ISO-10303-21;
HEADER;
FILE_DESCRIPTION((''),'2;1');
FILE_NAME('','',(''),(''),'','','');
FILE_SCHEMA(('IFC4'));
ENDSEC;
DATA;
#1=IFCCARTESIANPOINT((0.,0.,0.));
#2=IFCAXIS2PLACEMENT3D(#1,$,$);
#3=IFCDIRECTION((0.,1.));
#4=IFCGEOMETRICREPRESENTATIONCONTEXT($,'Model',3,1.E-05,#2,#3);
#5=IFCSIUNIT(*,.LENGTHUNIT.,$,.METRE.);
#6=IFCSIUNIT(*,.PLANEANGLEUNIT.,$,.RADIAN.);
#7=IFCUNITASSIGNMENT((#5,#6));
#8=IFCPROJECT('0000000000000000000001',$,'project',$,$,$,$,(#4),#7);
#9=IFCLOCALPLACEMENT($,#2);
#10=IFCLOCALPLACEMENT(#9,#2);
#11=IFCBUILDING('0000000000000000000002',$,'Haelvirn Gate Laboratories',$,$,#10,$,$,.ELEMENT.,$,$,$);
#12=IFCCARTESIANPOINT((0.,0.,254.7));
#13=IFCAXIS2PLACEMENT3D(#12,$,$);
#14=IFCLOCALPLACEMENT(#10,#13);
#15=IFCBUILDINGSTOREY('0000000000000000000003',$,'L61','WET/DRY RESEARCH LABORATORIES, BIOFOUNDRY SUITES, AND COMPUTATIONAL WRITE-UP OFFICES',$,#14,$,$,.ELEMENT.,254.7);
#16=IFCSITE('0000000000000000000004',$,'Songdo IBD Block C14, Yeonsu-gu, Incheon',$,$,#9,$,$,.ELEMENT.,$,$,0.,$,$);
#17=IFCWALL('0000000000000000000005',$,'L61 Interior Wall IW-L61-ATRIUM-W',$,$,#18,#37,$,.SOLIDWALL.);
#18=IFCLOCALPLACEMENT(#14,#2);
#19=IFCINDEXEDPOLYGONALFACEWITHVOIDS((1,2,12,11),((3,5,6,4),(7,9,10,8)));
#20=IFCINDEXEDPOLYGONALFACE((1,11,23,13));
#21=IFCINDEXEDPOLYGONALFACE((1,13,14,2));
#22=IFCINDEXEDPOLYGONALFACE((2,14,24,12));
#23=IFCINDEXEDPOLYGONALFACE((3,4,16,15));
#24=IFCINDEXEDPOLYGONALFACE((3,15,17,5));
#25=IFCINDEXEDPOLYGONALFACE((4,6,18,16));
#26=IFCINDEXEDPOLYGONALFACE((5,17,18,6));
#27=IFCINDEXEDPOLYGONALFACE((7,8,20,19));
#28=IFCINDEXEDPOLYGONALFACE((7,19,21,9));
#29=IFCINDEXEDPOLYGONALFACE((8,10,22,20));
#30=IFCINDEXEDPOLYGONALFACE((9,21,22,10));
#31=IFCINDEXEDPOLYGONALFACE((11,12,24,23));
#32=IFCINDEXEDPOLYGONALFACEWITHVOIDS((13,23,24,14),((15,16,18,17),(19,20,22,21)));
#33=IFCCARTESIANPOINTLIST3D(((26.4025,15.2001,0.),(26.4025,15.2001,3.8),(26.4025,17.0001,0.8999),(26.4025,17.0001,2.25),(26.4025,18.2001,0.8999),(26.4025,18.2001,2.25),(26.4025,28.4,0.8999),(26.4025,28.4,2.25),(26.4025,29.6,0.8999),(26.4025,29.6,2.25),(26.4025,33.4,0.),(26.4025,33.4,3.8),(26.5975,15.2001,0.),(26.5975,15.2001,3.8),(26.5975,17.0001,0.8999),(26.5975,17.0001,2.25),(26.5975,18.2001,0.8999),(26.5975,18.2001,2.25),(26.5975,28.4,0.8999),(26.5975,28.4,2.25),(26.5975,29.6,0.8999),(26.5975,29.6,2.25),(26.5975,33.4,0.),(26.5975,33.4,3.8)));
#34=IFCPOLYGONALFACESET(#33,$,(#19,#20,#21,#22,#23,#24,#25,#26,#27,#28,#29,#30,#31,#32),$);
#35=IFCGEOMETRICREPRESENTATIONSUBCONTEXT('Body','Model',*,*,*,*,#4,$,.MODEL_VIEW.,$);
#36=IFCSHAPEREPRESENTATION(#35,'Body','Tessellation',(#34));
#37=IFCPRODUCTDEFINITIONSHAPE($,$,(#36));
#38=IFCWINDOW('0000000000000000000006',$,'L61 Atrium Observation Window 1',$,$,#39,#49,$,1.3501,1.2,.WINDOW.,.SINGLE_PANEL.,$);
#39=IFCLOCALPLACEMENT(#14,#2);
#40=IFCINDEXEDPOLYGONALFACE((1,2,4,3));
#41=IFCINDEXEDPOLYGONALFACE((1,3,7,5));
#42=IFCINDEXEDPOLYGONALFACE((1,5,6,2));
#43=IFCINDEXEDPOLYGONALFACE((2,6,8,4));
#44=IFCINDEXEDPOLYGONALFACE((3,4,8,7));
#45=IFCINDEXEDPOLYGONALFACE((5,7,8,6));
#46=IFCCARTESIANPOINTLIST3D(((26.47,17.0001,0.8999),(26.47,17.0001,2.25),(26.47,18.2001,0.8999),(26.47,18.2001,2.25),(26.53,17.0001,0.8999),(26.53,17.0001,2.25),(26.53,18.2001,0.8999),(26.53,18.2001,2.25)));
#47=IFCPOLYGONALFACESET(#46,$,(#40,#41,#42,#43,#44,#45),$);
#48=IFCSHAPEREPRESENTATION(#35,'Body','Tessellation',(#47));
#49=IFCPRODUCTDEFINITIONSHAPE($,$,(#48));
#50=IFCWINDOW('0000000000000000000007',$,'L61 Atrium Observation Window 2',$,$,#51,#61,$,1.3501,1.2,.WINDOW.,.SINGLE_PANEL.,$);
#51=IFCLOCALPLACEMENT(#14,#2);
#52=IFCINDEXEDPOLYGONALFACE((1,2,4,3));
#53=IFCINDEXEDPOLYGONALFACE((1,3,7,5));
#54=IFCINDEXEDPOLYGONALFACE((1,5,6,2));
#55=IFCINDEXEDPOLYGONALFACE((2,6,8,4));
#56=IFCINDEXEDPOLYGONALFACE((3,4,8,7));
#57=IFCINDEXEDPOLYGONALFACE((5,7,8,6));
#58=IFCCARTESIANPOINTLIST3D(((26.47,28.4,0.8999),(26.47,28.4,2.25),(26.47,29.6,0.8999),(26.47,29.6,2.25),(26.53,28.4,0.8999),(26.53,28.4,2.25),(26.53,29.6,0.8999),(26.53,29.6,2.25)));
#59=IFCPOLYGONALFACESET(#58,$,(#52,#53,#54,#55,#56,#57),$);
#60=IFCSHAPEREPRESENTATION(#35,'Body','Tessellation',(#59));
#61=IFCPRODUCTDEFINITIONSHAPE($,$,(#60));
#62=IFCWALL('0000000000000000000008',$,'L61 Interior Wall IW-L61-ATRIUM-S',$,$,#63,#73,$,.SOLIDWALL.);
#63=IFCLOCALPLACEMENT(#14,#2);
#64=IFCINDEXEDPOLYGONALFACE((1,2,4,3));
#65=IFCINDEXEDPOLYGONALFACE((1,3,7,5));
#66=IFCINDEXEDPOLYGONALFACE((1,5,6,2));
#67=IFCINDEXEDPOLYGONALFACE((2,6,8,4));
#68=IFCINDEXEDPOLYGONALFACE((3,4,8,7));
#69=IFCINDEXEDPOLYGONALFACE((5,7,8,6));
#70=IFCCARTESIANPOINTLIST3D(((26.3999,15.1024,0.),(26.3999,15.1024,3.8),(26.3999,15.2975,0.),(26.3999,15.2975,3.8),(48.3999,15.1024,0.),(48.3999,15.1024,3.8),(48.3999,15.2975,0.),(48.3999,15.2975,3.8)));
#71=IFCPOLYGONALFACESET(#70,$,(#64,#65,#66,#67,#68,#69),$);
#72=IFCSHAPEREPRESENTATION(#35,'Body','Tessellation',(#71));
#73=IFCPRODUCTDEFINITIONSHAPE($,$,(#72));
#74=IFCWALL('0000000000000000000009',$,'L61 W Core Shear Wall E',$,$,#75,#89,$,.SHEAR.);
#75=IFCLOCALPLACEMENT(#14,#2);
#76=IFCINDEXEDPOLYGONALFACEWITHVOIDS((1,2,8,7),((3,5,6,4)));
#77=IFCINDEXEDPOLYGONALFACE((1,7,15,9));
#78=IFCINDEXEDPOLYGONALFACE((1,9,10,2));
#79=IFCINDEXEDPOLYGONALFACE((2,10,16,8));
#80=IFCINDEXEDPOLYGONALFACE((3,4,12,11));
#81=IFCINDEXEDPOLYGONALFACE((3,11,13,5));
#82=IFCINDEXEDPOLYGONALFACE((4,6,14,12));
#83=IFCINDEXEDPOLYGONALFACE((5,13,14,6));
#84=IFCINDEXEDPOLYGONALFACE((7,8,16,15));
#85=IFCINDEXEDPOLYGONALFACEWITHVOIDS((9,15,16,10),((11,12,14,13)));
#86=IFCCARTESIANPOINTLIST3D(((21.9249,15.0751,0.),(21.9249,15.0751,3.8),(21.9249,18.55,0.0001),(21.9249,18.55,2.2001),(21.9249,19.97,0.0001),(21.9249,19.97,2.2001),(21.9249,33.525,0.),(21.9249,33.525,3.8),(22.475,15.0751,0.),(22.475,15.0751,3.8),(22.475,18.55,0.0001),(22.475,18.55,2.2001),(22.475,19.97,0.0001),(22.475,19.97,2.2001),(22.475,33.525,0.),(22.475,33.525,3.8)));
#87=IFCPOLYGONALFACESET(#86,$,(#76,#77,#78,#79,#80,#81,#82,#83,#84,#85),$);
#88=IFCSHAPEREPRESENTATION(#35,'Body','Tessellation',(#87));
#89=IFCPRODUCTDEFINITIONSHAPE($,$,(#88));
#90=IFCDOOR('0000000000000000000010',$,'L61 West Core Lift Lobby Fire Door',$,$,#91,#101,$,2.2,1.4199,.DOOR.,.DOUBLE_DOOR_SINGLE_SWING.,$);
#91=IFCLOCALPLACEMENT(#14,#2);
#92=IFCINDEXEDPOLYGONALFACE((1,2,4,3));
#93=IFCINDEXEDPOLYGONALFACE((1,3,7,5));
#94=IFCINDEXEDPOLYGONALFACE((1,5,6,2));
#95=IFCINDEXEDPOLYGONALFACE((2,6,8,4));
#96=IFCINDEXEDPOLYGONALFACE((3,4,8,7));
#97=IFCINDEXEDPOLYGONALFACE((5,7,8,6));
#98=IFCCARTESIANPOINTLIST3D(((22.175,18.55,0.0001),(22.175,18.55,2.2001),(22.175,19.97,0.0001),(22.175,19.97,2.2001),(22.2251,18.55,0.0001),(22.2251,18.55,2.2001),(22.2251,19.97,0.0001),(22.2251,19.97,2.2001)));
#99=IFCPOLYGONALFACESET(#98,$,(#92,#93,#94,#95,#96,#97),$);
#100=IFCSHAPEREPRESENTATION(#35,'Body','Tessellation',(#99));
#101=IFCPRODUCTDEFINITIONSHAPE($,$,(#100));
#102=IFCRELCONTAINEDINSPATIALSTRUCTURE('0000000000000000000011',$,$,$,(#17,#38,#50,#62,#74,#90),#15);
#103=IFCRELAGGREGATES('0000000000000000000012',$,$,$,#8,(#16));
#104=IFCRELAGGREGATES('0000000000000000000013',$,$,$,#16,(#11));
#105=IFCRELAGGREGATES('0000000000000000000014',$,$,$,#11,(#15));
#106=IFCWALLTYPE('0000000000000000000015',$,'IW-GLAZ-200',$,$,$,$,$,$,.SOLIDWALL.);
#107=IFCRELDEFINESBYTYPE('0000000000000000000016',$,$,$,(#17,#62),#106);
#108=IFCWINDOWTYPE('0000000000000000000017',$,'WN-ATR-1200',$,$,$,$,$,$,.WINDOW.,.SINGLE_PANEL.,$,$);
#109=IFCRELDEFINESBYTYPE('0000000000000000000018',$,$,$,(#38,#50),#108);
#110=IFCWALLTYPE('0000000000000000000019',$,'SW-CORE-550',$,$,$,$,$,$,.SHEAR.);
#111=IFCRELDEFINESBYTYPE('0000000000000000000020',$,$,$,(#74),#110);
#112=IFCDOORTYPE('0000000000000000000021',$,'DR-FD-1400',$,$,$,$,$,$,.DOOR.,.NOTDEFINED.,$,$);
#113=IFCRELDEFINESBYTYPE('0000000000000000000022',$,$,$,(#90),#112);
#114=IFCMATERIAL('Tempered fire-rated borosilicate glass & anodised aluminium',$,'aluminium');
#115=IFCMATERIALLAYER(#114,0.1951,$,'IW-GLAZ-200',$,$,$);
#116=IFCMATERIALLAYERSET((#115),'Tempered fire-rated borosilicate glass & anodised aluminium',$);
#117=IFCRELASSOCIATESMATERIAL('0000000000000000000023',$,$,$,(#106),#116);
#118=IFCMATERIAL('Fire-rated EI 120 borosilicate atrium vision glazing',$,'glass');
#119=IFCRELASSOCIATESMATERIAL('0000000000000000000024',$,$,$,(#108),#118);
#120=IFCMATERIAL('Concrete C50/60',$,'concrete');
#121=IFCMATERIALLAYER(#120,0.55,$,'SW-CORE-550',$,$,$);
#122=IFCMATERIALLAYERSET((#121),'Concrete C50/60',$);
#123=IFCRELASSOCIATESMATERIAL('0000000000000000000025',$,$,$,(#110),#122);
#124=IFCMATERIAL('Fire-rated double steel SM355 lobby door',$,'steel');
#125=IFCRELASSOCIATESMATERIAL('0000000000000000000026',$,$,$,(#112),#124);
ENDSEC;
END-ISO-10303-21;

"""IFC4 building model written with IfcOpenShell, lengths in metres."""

from ifc_helpers import new_model, si_unit, direction, frame, frame_2d, origin, place, context, subcontext, project, spatial, rectangle, extrude, source, transform, mapped, material, layer, layer_set, type_object, type_shapes, element, fill, save


model = new_model("IFC4")

# Units and contexts
model_context = context("Model", 3, precision=1e-05, world=origin(), true_north=direction((0.0, 1.0)))
body_context = subcontext(model_context, "Body", "Model", "MODEL_VIEW")
ifc_project = project(units=[si_unit("LENGTHUNIT", "METRE"), si_unit("PLANEANGLEUNIT", "RADIAN")], contexts=[model_context])

# Site, building, storey
site_placement = place(None, origin())
site = spatial("IfcSite", under=ifc_project, at=site_placement, Name="Songdo IBD Block C14, Yeonsu-gu, Incheon", CompositionType="ELEMENT", RefElevation=0.0)
building_placement = place(site_placement, origin())
building = spatial("IfcBuilding", under=site, at=building_placement, Name="Haelvirn Gate Laboratories", CompositionType="ELEMENT")
storey_placement = place(building_placement, frame((0.0, 0.0, 254.7)))
storey = spatial("IfcBuildingStorey", under=building, at=storey_placement, Name="L61", Description="WET/DRY RESEARCH LABORATORIES, BIOFOUNDRY SUITES, AND COMPUTATIONAL WRITE-UP OFFICES", CompositionType="ELEMENT", Elevation=254.7)

# Wall, openings, windows
ifc_material_1 = material(Name="Tempered fire-rated borosilicate glass & anodised aluminium", Category="aluminium")
ifc_layer_1 = layer(ifc_material_1, 0.1951, Name="IW-GLAZ-200")
ifc_layer_set_1 = layer_set([ifc_layer_1], Name="Tempered fire-rated borosilicate glass & anodised aluminium")
wall_type_1 = type_object("IfcWallType", Name="IW-GLAZ-200", PredefinedType="SOLIDWALL", material=ifc_layer_set_1)
wall_1_placement = place(storey_placement, frame((26.5, 15.2, 0.0), z_axis=(0.0, 0.0, 1.0), x_axis=(0.0, 1.0, 0.0)))
wall_1 = element("IfcWall", 1, at=wall_1_placement, inside=storey, type_object=wall_type_1, Name="L61 Interior Wall IW-L61-ATRIUM-W", PredefinedType="SOLIDWALL", context=body_context, shape_type="SweptSolid", body=[
    extrude(rectangle(XDim=18.2, YDim=0.1951, at=frame_2d((9.1001, 0.0))), origin(), (0.0, 0.0, 1.0), 3.8),
])
opening_1_placement = place(wall_1_placement, frame((1.8, 0.0, 0.8999)))
opening_1 = element("IfcOpeningElement", 2, at=opening_1_placement, cuts=wall_1, PredefinedType="OPENING", context=body_context, shape_type="SweptSolid", body=[
    extrude(rectangle(XDim=1.2, YDim=1.3501, at=frame_2d((0.6001, 0.675))), frame((0.0, 0.1074, 0.0), z_axis=(0.0, -1.0, 0.0), x_axis=(1.0, 0.0, 0.0)), (0.0, 0.0, 1.0), 0.2151),
])
opening_2_placement = place(wall_1_placement, frame((13.2, 0.0, 0.8999)))
opening_2 = element("IfcOpeningElement", 3, at=opening_2_placement, cuts=wall_1, PredefinedType="OPENING", context=body_context, shape_type="SweptSolid", body=[
    extrude(rectangle(XDim=1.2, YDim=1.3501, at=frame_2d((0.6001, 0.675))), frame((0.0, 0.1074, 0.0), z_axis=(0.0, -1.0, 0.0), x_axis=(1.0, 0.0, 0.0)), (0.0, 0.0, 1.0), 0.2151),
])
ifc_material_2 = material(Name="Fire-rated EI 120 borosilicate atrium vision glazing", Category="glass")
window_type = type_object("IfcWindowType", Name="WN-ATR-1200", PartitioningType="SINGLE_PANEL", PredefinedType="WINDOW", material=ifc_material_2)
shared_shape_1 = source(origin(), body_context, "Body", "SweptSolid", [
    extrude(rectangle(XDim=1.2, YDim=1.3501, at=frame_2d((0.6001, 0.675))), frame((0.0, 0.03, 0.0), z_axis=(0.0, -1.0, 0.0), x_axis=(1.0, 0.0, 0.0)), (0.0, 0.0, 1.0), 0.0601),
])
type_shapes(window_type, [shared_shape_1])
window_1_placement = place(opening_1_placement, origin())
window_1 = element("IfcWindow", 4, at=window_1_placement, inside=storey, type_object=window_type, Name="L61 Atrium Observation Window 1", OverallHeight=1.3501, OverallWidth=1.2, PartitioningType="SINGLE_PANEL", PredefinedType="WINDOW", context=body_context, shape_type="MappedRepresentation", body=[
    mapped(shared_shape_1, transform((0.0, 0.0, 0.0), scale=1.0)),
])
fill(opening_1, window_1)
window_2_placement = place(opening_2_placement, origin())
window_2 = element("IfcWindow", 5, at=window_2_placement, inside=storey, type_object=window_type, Name="L61 Atrium Observation Window 2", OverallHeight=1.3501, OverallWidth=1.2, PartitioningType="SINGLE_PANEL", PredefinedType="WINDOW", context=body_context, shape_type="MappedRepresentation", body=[
    mapped(shared_shape_1, transform((0.0, 0.0, 0.0), scale=1.0)),
])
fill(opening_2, window_2)

# Wall
wall_2_placement = place(storey_placement, frame((26.3999, 15.2, 0.0), z_axis=(0.0, 0.0, 1.0), x_axis=(1.0, 0.0, 0.0)))
element("IfcWall", 6, at=wall_2_placement, inside=storey, type_object=wall_type_1, Name="L61 Interior Wall IW-L61-ATRIUM-S", PredefinedType="SOLIDWALL", context=body_context, shape_type="SweptSolid", body=[
    extrude(rectangle(XDim=22.0, YDim=0.1951, at=frame_2d((11.0, 0.0))), origin(), (0.0, 0.0, 1.0), 3.8),
])

# Wall, opening, door
ifc_material_3 = material(Name="Concrete C50/60", Category="concrete")
ifc_layer_2 = layer(ifc_material_3, 0.55, Name="SW-CORE-550")
ifc_layer_set_2 = layer_set([ifc_layer_2], Name="Concrete C50/60")
wall_type_2 = type_object("IfcWallType", Name="SW-CORE-550", PredefinedType="SHEAR", material=ifc_layer_set_2)
wall_3_placement = place(storey_placement, frame((22.2, 15.075, 0.0), z_axis=(0.0, 0.0, 1.0), x_axis=(0.0, 1.0, 0.0)))
wall_3 = element("IfcWall", 7, at=wall_3_placement, inside=storey, type_object=wall_type_2, Name="L61 W Core Shear Wall E", PredefinedType="SHEAR", context=body_context, shape_type="SweptSolid", body=[
    extrude(rectangle(XDim=18.45, YDim=0.55, at=frame_2d((9.2251, 0.0))), origin(), (0.0, 0.0, 1.0), 3.8),
])
opening_3_placement = place(wall_3_placement, frame((3.4751, 0.0, 0.0)))
opening_3 = element("IfcOpeningElement", 8, at=opening_3_placement, cuts=wall_3, PredefinedType="OPENING", context=body_context, shape_type="SweptSolid", body=[
    extrude(rectangle(XDim=1.4199, YDim=2.2, at=frame_2d((0.71, 1.1001))), frame((0.0, 0.2852, 0.0), z_axis=(0.0, -1.0, 0.0), x_axis=(1.0, 0.0, 0.0)), (0.0, 0.0, 1.0), 0.5701),
])
ifc_material_4 = material(Name="Fire-rated double steel SM355 lobby door", Category="steel")
door_type = type_object("IfcDoorType", Name="DR-FD-1400", OperationType="NOTDEFINED", PredefinedType="DOOR", material=ifc_material_4)
shared_shape_2 = source(origin(), body_context, "Body", "SweptSolid", [
    extrude(rectangle(XDim=1.4199, YDim=2.2, at=frame_2d((0.71, 1.1001))), frame((0.0, 0.0249, 0.0), z_axis=(0.0, -1.0, 0.0), x_axis=(1.0, 0.0, 0.0)), (0.0, 0.0, 1.0), 0.05),
])
type_shapes(door_type, [shared_shape_2])
door_placement = place(opening_3_placement, origin())
door = element("IfcDoor", 9, at=door_placement, inside=storey, type_object=door_type, Name="L61 West Core Lift Lobby Fire Door", OperationType="DOUBLE_DOOR_SINGLE_SWING", OverallHeight=2.2, OverallWidth=1.4199, PredefinedType="DOOR", context=body_context, shape_type="MappedRepresentation", body=[
    mapped(shared_shape_2, transform((0.0, 0.0, 0.0), scale=1.0)),
])
fill(opening_3, door)

save(model, "model.ifc")
